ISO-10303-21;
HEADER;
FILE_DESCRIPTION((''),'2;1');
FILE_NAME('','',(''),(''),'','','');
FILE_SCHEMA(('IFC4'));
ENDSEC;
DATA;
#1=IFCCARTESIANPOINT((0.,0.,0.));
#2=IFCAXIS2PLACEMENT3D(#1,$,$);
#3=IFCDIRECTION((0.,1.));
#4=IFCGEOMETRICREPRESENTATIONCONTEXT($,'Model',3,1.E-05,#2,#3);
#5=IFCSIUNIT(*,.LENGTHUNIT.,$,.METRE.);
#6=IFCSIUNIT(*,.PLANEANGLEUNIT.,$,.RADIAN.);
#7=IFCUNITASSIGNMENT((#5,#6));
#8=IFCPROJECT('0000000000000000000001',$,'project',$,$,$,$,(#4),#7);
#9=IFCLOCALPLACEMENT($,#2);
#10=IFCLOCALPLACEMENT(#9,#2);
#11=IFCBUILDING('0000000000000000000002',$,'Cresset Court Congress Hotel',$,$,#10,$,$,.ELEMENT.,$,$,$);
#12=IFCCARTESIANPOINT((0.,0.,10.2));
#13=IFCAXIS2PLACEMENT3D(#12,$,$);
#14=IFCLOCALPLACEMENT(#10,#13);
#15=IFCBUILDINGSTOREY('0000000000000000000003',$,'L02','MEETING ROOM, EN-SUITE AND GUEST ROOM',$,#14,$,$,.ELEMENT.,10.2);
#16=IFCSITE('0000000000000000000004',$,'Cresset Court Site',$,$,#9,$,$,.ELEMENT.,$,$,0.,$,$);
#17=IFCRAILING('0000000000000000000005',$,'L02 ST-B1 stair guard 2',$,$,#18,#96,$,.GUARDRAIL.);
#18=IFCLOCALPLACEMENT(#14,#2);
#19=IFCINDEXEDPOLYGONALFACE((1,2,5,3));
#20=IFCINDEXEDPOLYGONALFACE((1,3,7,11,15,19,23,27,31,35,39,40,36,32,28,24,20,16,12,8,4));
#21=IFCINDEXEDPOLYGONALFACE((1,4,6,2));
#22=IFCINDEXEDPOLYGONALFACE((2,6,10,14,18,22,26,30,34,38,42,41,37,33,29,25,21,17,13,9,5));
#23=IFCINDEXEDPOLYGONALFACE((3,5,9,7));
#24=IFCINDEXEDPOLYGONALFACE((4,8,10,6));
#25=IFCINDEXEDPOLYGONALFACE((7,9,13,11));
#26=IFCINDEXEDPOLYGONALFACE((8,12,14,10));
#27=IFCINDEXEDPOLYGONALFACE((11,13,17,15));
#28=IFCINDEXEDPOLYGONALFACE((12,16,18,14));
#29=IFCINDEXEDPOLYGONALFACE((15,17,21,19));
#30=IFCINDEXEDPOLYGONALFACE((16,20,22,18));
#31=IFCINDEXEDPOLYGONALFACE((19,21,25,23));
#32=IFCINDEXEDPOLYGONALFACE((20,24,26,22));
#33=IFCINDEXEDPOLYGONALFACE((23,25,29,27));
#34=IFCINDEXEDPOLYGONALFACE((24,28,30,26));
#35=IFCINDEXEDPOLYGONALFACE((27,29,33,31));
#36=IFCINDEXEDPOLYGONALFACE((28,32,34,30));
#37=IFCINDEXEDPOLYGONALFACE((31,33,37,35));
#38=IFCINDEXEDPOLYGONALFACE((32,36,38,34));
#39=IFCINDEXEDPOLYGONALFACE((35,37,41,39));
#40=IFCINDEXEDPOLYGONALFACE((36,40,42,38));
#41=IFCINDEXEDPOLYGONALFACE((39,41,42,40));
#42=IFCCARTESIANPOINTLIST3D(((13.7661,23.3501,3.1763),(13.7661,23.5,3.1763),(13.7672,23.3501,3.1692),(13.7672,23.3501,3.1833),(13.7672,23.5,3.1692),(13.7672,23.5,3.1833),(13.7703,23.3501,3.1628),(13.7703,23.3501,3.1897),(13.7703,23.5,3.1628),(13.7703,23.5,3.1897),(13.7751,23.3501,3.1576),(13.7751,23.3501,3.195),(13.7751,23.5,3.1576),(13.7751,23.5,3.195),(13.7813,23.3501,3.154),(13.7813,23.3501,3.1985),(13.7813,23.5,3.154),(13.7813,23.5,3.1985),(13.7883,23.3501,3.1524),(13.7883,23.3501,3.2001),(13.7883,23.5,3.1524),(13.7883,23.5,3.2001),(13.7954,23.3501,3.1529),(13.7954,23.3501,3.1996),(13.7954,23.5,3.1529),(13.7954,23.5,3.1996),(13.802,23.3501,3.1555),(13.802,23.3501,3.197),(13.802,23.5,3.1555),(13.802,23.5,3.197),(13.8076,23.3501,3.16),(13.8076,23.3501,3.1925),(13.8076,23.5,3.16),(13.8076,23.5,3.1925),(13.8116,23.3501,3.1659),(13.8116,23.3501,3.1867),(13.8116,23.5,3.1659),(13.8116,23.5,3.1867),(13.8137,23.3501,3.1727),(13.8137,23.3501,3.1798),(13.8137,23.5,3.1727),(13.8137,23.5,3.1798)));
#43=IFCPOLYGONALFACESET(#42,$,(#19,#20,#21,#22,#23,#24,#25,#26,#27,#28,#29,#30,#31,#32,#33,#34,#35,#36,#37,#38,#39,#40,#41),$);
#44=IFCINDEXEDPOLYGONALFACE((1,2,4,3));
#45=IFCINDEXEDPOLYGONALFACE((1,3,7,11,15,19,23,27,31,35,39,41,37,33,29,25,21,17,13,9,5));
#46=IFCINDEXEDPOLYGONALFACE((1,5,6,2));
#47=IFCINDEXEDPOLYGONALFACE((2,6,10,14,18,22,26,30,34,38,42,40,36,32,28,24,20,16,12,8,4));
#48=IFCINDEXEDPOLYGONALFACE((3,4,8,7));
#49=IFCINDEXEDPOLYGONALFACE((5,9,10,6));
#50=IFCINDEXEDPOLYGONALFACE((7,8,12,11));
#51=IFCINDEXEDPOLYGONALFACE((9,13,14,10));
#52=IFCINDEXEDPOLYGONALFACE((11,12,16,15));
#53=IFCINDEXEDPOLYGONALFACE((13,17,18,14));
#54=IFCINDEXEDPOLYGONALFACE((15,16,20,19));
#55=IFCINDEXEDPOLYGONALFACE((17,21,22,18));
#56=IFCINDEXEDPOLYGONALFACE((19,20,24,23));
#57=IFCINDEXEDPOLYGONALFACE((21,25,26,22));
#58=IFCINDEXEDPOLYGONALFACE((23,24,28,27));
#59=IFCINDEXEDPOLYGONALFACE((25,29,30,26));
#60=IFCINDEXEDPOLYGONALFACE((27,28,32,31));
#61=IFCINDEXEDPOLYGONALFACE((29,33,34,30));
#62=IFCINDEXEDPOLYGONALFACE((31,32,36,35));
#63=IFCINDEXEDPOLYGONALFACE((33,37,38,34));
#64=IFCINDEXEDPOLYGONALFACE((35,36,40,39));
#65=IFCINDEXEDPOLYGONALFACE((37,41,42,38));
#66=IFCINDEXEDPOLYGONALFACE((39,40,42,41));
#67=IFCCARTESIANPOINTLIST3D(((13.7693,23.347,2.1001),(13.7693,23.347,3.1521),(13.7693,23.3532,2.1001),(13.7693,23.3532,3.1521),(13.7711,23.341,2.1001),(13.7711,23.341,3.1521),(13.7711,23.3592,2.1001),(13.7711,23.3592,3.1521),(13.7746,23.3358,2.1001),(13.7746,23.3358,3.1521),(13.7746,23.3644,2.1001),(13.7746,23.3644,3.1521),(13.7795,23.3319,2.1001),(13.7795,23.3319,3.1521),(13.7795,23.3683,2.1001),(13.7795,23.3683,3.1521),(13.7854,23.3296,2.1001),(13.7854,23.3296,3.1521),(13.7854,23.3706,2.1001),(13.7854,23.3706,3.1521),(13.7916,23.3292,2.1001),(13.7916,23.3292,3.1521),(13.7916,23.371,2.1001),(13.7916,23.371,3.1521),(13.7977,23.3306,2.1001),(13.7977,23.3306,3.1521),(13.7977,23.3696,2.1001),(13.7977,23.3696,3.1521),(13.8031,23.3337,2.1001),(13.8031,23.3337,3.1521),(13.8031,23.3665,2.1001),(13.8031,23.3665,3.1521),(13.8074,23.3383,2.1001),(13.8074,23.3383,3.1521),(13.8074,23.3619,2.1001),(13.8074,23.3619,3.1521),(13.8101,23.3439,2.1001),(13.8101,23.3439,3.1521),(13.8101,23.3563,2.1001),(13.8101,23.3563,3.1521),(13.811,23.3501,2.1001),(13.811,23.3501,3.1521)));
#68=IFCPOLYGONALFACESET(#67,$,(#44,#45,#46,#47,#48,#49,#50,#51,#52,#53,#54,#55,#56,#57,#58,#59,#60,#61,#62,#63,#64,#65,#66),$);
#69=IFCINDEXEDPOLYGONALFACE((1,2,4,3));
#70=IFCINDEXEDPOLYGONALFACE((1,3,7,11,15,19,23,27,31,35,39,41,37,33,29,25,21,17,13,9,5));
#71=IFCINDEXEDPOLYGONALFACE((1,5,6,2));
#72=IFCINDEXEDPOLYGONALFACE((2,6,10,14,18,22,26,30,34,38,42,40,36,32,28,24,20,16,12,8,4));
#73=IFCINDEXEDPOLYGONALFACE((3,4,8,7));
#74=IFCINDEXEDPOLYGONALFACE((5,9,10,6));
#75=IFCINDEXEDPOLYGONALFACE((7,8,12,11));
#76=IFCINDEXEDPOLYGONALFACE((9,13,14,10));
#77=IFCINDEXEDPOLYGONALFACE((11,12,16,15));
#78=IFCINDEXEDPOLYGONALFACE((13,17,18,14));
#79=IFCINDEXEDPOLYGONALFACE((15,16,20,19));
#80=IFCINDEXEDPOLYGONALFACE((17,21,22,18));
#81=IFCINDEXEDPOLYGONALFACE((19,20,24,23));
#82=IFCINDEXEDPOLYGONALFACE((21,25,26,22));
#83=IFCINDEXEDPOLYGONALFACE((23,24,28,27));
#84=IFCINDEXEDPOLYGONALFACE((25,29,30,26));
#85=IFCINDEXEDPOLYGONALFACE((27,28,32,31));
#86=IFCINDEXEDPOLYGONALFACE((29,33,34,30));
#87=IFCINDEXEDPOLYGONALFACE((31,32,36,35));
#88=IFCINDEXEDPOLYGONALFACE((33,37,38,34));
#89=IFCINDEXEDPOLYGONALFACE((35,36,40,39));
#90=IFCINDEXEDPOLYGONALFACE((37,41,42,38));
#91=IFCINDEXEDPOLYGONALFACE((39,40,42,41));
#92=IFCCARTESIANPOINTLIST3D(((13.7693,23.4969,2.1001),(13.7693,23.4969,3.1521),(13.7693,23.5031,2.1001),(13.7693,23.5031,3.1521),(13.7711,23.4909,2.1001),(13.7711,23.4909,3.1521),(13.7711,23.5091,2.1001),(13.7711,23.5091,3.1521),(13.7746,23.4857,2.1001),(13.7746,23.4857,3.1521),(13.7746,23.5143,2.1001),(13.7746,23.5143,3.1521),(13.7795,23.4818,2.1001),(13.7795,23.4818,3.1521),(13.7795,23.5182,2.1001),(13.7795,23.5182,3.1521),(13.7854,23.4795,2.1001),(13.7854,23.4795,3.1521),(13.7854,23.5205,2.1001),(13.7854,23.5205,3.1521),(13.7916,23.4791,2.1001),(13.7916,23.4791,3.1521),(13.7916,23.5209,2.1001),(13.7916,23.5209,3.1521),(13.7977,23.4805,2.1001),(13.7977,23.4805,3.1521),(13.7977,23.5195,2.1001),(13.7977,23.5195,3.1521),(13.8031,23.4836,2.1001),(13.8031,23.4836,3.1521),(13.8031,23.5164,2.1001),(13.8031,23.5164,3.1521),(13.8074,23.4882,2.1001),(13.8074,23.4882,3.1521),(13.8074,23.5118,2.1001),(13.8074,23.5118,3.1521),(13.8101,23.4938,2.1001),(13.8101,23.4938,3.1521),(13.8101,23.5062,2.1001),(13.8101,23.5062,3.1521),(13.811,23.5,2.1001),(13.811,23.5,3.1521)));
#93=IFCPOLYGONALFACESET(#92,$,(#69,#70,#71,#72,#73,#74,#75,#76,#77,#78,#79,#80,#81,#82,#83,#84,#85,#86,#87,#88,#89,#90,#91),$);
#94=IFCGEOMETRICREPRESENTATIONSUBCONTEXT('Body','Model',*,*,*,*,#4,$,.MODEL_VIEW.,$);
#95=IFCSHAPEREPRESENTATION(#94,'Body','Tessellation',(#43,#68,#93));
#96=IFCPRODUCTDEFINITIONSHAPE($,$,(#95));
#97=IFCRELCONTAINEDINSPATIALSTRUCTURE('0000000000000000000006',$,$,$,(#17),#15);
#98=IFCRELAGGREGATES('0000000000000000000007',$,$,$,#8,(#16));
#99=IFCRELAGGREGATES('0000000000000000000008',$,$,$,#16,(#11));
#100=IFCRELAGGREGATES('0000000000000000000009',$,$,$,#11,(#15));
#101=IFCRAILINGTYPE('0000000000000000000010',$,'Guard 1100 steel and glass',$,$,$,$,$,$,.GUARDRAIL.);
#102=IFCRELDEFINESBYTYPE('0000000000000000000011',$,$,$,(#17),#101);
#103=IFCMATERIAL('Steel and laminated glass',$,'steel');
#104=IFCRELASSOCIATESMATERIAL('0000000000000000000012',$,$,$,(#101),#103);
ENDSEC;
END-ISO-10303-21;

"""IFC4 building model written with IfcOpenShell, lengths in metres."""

from ifc_helpers import new_model, si_unit, direction, frame, origin, origin_2d, place, context, subcontext, project, spatial, circle, extrude, material, type_object, element, save


model = new_model("IFC4")

# Units and contexts
model_context = context("Model", 3, precision=1e-05, world=origin(), true_north=direction((0.0, 1.0)))
body_context = subcontext(model_context, "Body", "Model", "MODEL_VIEW")
ifc_project = project(units=[si_unit("LENGTHUNIT", "METRE"), si_unit("PLANEANGLEUNIT", "RADIAN")], contexts=[model_context])

# Site, building, storey
site_placement = place(None, origin())
site = spatial("IfcSite", under=ifc_project, at=site_placement, Name="Cresset Court Site", CompositionType="ELEMENT", RefElevation=0.0)
building_placement = place(site_placement, origin())
building = spatial("IfcBuilding", under=site, at=building_placement, Name="Cresset Court Congress Hotel", CompositionType="ELEMENT")
storey_placement = place(building_placement, frame((0.0, 0.0, 10.2)))
storey = spatial("IfcBuildingStorey", under=building, at=storey_placement, Name="L02", Description="MEETING ROOM, EN-SUITE AND GUEST ROOM", CompositionType="ELEMENT", Elevation=10.2)

# Railing
ifc_material_1 = material(Name="Steel and laminated glass", Category="steel")
railing_type_1 = type_object("IfcRailingType", Name="Guard 1100 steel and glass", PredefinedType="GUARDRAIL", material=ifc_material_1)
railing_1_placement = place(storey_placement, frame((13.79, 23.3501, 2.1001)))
element("IfcRailing", 1, at=railing_1_placement, inside=storey, type_object=railing_type_1, Name="L02 ST-B1 stair guard 2", PredefinedType="GUARDRAIL", context=body_context, shape_type="SweptSolid", body=[
    extrude(circle(Radius=0.0239, at=origin_2d()), frame((0.0, 0.0, 1.0762), z_axis=(0.0, 1.0, 0.0), x_axis=(-1.0, 0.0, 0.0)), (0.0, 0.0, 1.0), 0.1499),
    extrude(circle(Radius=0.021, at=origin_2d()), origin(), (0.0, 0.0, 1.0), 1.052),
    extrude(circle(Radius=0.021, at=origin_2d()), frame((0.0, 0.1499, 0.0)), (0.0, 0.0, 1.0), 1.052),
])

save(model, "model.ifc")
